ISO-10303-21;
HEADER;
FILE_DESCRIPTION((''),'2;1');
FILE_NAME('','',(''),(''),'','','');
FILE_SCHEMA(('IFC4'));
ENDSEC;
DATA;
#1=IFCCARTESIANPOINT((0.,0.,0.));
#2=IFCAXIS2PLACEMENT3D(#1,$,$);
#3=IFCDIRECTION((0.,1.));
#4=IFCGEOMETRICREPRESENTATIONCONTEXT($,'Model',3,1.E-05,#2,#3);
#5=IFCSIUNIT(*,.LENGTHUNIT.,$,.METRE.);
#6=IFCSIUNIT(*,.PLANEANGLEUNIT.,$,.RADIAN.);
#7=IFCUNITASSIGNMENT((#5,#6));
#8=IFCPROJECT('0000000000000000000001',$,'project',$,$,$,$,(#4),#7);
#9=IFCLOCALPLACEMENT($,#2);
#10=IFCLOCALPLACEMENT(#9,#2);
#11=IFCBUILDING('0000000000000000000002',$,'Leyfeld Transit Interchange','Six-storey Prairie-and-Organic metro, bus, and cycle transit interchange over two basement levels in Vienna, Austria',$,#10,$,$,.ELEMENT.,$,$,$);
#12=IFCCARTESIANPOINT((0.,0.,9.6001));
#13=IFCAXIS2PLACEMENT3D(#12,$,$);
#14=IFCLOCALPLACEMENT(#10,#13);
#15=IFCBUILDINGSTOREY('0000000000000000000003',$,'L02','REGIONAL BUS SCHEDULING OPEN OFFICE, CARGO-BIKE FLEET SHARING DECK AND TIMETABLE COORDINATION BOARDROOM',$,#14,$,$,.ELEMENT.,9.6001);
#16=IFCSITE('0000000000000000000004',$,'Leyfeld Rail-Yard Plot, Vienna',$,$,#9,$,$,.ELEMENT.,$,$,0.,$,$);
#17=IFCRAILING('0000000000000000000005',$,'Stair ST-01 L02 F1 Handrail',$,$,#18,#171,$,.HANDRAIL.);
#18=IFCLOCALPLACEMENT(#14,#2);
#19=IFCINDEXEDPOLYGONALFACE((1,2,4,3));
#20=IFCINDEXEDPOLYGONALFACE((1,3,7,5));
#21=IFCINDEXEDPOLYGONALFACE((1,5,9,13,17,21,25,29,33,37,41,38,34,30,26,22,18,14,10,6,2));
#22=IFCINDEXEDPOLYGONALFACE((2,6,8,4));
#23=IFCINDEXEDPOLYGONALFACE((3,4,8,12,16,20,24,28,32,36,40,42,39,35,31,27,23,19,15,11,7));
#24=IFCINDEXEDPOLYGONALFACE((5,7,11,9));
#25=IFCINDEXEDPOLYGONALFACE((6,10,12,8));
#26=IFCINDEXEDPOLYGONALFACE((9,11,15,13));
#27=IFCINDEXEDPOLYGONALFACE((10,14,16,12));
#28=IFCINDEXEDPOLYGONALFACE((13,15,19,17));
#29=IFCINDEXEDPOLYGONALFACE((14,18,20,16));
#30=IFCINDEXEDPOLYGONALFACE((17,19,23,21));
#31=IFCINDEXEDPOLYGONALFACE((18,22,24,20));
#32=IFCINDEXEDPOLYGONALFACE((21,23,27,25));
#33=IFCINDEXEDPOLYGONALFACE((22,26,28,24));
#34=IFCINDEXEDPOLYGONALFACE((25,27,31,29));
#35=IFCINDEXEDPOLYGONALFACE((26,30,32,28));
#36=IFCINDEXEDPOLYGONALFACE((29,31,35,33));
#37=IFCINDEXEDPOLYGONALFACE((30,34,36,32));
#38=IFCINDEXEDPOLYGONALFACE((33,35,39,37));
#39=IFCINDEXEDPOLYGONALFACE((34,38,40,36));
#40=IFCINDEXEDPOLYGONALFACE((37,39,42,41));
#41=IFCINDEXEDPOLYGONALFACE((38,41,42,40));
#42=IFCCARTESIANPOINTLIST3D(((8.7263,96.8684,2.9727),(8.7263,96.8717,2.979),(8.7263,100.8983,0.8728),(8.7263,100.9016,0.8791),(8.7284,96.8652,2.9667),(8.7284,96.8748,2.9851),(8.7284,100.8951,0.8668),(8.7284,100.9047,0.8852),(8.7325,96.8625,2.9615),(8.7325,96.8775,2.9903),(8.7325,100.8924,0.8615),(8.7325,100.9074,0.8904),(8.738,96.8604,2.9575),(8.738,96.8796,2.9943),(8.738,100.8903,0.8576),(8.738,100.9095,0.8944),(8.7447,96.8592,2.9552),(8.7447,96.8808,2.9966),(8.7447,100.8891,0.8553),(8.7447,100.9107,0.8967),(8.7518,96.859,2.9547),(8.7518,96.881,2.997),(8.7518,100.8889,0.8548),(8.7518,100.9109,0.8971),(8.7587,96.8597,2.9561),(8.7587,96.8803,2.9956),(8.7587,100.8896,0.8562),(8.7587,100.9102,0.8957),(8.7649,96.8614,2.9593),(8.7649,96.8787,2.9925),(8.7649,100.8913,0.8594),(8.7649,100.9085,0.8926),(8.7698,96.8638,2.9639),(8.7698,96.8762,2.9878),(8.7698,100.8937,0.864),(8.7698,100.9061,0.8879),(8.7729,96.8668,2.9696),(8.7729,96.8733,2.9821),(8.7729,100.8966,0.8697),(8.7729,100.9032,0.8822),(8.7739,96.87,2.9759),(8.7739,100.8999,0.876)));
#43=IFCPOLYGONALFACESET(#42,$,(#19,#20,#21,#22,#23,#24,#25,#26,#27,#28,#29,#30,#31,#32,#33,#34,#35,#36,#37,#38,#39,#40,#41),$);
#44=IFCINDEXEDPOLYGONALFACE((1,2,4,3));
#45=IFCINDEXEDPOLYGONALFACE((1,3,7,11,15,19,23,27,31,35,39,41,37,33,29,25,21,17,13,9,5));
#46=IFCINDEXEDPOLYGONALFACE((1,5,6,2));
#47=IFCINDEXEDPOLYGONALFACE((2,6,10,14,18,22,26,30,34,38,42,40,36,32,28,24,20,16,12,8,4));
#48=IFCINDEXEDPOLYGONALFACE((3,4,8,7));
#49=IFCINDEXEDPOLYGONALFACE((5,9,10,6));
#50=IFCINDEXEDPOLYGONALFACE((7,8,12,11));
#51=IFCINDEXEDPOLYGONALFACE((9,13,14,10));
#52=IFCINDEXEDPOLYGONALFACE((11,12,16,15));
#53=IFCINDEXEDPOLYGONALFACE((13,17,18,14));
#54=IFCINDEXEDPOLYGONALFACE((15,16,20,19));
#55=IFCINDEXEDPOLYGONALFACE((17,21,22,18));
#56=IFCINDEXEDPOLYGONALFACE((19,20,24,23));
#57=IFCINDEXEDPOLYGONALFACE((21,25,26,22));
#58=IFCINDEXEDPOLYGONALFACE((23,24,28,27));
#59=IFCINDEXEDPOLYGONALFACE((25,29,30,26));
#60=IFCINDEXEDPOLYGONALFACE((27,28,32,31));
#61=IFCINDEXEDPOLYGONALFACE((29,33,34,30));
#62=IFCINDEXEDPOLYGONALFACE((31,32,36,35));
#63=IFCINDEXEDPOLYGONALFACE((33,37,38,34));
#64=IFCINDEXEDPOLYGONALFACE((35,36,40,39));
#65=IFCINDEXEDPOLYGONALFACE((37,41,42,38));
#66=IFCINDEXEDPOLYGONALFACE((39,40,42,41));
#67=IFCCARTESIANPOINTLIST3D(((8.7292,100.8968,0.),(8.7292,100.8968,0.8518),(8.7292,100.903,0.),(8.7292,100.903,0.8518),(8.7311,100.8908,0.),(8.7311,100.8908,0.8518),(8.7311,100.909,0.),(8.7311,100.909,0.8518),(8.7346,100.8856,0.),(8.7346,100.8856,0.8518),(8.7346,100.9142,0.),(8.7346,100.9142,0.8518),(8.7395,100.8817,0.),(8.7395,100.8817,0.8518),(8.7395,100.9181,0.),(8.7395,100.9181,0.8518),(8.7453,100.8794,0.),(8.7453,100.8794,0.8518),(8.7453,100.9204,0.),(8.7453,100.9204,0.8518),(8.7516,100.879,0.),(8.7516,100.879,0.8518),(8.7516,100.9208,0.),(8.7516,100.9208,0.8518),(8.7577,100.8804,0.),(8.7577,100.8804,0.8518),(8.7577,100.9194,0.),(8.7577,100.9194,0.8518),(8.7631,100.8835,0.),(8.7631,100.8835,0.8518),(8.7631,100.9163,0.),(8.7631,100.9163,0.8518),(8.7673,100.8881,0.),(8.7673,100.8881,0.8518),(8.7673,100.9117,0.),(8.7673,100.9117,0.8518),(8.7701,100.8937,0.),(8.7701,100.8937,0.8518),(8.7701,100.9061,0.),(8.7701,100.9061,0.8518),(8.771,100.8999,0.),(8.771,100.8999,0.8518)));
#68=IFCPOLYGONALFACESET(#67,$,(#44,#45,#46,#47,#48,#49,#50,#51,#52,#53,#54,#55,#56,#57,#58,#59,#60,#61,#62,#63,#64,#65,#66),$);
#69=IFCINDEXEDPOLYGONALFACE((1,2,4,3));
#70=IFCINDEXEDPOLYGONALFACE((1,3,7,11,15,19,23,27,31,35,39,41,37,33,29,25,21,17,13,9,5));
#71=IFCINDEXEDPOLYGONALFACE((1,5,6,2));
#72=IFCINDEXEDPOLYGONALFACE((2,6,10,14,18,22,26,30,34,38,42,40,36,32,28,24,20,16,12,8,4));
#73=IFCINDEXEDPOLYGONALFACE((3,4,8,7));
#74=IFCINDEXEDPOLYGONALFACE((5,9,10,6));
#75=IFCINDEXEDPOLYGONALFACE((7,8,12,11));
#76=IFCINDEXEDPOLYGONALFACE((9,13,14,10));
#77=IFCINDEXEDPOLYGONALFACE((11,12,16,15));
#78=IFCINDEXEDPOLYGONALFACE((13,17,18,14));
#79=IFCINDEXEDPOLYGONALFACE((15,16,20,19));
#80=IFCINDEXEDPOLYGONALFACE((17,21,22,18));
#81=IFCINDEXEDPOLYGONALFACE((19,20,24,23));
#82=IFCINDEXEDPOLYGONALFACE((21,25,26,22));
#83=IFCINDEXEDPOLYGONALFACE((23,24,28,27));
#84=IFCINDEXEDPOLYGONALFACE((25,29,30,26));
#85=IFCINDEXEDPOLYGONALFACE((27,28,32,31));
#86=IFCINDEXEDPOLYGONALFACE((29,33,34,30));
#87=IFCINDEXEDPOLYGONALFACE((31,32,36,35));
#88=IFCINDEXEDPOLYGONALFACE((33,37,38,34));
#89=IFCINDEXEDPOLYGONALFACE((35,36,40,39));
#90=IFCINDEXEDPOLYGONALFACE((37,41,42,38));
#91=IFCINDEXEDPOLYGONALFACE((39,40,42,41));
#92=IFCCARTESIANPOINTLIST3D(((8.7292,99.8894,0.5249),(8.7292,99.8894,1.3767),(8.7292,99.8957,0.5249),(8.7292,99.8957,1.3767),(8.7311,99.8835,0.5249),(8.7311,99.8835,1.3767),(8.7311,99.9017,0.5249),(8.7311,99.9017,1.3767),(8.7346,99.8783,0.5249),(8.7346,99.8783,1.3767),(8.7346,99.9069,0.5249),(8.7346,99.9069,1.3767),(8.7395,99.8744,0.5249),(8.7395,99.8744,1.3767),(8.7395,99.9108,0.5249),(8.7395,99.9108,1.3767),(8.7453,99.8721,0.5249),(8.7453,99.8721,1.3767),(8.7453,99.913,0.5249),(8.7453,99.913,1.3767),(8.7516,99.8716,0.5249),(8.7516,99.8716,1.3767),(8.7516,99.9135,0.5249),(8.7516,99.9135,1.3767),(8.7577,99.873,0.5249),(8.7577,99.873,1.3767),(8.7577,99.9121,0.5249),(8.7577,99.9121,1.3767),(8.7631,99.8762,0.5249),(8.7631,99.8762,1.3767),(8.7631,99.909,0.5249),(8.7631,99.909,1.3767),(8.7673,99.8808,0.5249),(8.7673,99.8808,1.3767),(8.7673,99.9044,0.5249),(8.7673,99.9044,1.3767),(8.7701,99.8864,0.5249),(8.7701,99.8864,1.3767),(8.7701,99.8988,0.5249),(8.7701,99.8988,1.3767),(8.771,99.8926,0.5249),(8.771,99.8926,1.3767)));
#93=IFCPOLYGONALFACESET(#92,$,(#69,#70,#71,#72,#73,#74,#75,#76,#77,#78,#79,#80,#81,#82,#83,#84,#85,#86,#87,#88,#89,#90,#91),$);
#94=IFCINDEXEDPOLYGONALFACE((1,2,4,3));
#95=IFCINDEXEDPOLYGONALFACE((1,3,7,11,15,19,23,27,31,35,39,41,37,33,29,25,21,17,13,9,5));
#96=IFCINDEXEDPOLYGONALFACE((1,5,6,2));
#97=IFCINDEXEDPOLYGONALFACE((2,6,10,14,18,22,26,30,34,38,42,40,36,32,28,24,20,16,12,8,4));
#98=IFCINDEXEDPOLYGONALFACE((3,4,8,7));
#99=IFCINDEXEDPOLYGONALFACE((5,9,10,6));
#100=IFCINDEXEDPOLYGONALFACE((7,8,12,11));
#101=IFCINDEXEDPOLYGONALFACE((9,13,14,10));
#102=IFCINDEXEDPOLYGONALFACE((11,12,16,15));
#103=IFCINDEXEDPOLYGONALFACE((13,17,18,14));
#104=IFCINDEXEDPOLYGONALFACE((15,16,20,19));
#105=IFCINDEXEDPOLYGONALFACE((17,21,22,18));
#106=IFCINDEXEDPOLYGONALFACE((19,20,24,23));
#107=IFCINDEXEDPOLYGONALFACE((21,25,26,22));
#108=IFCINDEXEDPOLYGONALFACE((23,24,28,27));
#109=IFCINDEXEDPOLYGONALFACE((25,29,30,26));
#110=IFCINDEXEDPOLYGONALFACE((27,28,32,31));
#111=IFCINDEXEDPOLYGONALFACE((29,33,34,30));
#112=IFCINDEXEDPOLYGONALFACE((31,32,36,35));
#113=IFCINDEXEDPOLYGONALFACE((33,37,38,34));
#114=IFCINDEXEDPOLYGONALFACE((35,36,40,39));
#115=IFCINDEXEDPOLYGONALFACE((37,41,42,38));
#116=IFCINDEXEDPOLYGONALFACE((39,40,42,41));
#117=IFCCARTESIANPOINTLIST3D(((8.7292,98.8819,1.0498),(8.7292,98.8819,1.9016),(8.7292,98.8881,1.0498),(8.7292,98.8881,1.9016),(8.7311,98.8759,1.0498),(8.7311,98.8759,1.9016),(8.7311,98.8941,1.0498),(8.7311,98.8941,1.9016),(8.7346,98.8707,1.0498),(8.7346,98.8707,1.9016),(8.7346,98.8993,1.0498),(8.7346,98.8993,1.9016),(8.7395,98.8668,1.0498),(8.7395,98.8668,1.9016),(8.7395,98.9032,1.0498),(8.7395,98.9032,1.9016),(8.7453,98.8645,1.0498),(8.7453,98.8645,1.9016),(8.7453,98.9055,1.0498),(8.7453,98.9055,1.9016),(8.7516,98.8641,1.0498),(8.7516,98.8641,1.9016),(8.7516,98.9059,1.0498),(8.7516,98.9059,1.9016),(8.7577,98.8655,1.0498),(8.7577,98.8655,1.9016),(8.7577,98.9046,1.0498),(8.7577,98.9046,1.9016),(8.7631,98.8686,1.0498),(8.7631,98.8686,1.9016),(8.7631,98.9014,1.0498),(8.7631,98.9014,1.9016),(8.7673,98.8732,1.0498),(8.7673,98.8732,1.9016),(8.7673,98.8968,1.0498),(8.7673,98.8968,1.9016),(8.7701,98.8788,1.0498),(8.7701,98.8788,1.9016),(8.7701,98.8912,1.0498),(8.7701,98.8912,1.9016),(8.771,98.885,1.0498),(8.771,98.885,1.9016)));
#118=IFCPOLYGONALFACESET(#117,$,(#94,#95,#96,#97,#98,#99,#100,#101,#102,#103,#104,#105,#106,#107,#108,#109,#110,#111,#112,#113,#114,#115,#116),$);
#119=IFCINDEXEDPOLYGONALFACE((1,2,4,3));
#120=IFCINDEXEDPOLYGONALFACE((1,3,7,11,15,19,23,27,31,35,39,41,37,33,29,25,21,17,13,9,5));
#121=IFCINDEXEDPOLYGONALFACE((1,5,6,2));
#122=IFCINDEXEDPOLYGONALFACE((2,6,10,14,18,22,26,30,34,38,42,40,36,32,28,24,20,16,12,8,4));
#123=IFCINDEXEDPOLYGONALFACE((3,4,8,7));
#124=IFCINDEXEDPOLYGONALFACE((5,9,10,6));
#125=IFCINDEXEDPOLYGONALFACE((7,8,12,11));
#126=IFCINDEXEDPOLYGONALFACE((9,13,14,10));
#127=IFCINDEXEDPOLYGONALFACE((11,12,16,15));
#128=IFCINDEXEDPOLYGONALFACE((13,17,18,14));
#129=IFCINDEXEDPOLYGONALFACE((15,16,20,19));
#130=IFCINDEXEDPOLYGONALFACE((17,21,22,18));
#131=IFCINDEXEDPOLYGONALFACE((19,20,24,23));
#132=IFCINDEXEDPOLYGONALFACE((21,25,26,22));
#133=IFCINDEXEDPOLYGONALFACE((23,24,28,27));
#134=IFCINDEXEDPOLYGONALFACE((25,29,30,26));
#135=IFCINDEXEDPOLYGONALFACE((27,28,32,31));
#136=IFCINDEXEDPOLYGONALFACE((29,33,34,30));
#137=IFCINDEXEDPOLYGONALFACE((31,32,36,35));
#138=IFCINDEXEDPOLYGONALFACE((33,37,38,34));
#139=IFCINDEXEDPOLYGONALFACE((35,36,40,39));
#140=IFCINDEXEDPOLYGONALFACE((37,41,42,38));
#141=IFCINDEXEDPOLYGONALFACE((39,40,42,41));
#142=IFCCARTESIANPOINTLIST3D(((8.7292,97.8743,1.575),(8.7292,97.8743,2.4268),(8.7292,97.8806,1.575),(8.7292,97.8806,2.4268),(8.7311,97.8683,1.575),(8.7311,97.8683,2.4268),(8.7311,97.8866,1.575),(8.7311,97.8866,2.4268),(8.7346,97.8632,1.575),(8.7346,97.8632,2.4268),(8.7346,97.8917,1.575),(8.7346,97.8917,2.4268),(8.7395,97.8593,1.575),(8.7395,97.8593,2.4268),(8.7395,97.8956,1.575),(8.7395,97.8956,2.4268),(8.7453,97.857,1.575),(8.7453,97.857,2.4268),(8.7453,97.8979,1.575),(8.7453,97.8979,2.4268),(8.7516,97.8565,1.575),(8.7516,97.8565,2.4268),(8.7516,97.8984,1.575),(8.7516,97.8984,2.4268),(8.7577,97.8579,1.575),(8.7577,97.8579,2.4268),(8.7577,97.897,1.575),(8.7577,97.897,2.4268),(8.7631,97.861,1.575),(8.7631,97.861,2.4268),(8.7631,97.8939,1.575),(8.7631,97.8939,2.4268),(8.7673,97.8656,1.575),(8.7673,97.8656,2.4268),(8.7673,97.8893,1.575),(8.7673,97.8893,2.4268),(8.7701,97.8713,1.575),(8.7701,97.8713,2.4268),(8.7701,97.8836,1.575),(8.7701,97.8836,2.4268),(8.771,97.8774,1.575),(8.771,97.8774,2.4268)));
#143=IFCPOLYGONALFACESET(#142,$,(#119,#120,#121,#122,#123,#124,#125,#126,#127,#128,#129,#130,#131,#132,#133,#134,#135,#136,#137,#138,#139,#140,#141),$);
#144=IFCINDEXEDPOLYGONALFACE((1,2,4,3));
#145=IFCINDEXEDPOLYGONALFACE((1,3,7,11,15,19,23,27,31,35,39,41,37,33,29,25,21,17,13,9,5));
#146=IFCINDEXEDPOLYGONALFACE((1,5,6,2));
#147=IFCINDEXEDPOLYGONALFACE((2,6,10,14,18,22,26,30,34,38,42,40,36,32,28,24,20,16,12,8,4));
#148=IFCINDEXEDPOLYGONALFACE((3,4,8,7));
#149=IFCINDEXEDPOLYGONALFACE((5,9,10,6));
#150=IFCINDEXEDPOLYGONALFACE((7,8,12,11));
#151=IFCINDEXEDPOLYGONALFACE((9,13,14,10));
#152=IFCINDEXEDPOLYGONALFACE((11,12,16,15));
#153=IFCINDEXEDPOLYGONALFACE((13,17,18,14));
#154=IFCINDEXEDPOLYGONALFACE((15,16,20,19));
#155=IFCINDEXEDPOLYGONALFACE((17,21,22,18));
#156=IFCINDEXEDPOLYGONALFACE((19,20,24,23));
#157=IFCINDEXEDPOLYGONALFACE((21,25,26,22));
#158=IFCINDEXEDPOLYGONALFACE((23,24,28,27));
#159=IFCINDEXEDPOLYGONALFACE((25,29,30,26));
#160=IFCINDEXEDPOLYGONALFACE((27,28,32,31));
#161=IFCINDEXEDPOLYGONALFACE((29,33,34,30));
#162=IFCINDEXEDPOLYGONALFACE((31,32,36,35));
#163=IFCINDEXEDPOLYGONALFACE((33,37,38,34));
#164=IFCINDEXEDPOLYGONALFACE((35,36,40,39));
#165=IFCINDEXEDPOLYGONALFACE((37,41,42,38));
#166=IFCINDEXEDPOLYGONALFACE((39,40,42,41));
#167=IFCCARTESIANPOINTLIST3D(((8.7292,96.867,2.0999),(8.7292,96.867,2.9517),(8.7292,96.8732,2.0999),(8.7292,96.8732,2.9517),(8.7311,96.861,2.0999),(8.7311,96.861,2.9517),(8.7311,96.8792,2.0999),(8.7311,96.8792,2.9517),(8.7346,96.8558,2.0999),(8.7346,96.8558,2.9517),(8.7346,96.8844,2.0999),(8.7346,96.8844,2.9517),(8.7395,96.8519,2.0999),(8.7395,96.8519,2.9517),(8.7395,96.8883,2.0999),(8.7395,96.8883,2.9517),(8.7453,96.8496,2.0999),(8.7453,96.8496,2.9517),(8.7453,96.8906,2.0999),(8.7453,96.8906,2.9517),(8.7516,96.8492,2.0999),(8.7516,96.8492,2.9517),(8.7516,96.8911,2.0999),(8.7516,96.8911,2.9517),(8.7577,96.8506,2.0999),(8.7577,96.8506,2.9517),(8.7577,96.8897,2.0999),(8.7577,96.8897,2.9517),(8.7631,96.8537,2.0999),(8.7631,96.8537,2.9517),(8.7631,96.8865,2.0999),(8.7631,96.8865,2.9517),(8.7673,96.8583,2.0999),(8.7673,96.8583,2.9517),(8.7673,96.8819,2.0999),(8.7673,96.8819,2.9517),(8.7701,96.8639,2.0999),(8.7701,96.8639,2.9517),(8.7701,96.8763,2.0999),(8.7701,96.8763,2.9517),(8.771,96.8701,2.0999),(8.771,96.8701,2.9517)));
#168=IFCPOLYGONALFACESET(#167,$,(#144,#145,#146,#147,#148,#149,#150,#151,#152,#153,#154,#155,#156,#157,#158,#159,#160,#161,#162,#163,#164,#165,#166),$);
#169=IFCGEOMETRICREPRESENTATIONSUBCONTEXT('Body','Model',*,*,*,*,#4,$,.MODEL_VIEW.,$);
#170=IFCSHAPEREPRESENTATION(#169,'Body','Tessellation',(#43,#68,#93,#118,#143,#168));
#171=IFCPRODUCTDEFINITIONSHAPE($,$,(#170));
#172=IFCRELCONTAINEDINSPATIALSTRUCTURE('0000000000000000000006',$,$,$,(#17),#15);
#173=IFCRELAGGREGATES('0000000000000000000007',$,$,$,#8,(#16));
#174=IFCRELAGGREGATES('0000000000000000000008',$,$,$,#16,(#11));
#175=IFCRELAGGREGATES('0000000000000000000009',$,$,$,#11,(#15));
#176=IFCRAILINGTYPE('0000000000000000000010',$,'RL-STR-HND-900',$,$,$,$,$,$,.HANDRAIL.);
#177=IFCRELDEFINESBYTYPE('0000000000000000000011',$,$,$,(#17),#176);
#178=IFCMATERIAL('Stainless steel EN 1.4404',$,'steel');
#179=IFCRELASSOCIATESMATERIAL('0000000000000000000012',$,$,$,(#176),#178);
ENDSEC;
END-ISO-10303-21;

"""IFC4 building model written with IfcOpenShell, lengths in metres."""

from ifc_helpers import new_model, si_unit, direction, frame, origin, origin_2d, place, context, subcontext, project, spatial, circle, extrude, material, type_object, element, save


model = new_model("IFC4")

# Units and contexts
model_context = context("Model", 3, precision=1e-05, world=origin(), true_north=direction((0.0, 1.0)))
body_context = subcontext(model_context, "Body", "Model", "MODEL_VIEW")
ifc_project = project(units=[si_unit("LENGTHUNIT", "METRE"), si_unit("PLANEANGLEUNIT", "RADIAN")], contexts=[model_context])

# Site, building, storey
site_placement = place(None, origin())
site = spatial("IfcSite", under=ifc_project, at=site_placement, Name="Leyfeld Rail-Yard Plot, Vienna", CompositionType="ELEMENT", RefElevation=0.0)
building_placement = place(site_placement, origin())
building = spatial("IfcBuilding", under=site, at=building_placement, Name="Leyfeld Transit Interchange", Description="Six-storey Prairie-and-Organic metro, bus, and cycle transit interchange over two basement levels in Vienna, Austria", CompositionType="ELEMENT")
storey_placement = place(building_placement, frame((0.0, 0.0, 9.6001)))
storey = spatial("IfcBuildingStorey", under=building, at=storey_placement, Name="L02", Description="REGIONAL BUS SCHEDULING OPEN OFFICE, CARGO-BIKE FLEET SHARING DECK AND TIMETABLE COORDINATION BOARDROOM", CompositionType="ELEMENT", Elevation=9.6001)

# Shared definitions
ifc_material_1 = material(Name="Stainless steel EN 1.4404", Category="steel")

# Railing
railing_type_1 = type_object("IfcRailingType", Name="RL-STR-HND-900", PredefinedType="HANDRAIL", material=ifc_material_1)
railing_1_placement = place(storey_placement, frame((8.75, 100.8999, 0.0)))
element("IfcRailing", 1, at=railing_1_placement, inside=storey, type_object=railing_type_1, Name="Stair ST-01 L02 F1 Handrail", PredefinedType="HANDRAIL", context=body_context, shape_type="SweptSolid", body=[
    extrude(circle(Radius=0.0239, at=origin_2d()), frame((0.0, 0.0, 0.876), z_axis=(0.0, -0.886823, 0.462109), x_axis=(1.0, 0.0, 0.0)), (0.0, 0.0, 1.0), 4.5442),
    extrude(circle(Radius=0.021, at=origin_2d()), origin(), (0.0, 0.0, 1.0), 0.8518),
    extrude(circle(Radius=0.021, at=origin_2d()), frame((0.0, -1.0073, 0.5249)), (0.0, 0.0, 1.0), 0.8518),
    extrude(circle(Radius=0.021, at=origin_2d()), frame((0.0, -2.0149, 1.0498)), (0.0, 0.0, 1.0), 0.8518),
    extrude(circle(Radius=0.021, at=origin_2d()), frame((0.0, -3.0225, 1.575)), (0.0, 0.0, 1.0), 0.8518),
    extrude(circle(Radius=0.021, at=origin_2d()), frame((0.0, -4.0298, 2.0999)), (0.0, 0.0, 1.0), 0.8518),
])

save(model, "model.ifc")
